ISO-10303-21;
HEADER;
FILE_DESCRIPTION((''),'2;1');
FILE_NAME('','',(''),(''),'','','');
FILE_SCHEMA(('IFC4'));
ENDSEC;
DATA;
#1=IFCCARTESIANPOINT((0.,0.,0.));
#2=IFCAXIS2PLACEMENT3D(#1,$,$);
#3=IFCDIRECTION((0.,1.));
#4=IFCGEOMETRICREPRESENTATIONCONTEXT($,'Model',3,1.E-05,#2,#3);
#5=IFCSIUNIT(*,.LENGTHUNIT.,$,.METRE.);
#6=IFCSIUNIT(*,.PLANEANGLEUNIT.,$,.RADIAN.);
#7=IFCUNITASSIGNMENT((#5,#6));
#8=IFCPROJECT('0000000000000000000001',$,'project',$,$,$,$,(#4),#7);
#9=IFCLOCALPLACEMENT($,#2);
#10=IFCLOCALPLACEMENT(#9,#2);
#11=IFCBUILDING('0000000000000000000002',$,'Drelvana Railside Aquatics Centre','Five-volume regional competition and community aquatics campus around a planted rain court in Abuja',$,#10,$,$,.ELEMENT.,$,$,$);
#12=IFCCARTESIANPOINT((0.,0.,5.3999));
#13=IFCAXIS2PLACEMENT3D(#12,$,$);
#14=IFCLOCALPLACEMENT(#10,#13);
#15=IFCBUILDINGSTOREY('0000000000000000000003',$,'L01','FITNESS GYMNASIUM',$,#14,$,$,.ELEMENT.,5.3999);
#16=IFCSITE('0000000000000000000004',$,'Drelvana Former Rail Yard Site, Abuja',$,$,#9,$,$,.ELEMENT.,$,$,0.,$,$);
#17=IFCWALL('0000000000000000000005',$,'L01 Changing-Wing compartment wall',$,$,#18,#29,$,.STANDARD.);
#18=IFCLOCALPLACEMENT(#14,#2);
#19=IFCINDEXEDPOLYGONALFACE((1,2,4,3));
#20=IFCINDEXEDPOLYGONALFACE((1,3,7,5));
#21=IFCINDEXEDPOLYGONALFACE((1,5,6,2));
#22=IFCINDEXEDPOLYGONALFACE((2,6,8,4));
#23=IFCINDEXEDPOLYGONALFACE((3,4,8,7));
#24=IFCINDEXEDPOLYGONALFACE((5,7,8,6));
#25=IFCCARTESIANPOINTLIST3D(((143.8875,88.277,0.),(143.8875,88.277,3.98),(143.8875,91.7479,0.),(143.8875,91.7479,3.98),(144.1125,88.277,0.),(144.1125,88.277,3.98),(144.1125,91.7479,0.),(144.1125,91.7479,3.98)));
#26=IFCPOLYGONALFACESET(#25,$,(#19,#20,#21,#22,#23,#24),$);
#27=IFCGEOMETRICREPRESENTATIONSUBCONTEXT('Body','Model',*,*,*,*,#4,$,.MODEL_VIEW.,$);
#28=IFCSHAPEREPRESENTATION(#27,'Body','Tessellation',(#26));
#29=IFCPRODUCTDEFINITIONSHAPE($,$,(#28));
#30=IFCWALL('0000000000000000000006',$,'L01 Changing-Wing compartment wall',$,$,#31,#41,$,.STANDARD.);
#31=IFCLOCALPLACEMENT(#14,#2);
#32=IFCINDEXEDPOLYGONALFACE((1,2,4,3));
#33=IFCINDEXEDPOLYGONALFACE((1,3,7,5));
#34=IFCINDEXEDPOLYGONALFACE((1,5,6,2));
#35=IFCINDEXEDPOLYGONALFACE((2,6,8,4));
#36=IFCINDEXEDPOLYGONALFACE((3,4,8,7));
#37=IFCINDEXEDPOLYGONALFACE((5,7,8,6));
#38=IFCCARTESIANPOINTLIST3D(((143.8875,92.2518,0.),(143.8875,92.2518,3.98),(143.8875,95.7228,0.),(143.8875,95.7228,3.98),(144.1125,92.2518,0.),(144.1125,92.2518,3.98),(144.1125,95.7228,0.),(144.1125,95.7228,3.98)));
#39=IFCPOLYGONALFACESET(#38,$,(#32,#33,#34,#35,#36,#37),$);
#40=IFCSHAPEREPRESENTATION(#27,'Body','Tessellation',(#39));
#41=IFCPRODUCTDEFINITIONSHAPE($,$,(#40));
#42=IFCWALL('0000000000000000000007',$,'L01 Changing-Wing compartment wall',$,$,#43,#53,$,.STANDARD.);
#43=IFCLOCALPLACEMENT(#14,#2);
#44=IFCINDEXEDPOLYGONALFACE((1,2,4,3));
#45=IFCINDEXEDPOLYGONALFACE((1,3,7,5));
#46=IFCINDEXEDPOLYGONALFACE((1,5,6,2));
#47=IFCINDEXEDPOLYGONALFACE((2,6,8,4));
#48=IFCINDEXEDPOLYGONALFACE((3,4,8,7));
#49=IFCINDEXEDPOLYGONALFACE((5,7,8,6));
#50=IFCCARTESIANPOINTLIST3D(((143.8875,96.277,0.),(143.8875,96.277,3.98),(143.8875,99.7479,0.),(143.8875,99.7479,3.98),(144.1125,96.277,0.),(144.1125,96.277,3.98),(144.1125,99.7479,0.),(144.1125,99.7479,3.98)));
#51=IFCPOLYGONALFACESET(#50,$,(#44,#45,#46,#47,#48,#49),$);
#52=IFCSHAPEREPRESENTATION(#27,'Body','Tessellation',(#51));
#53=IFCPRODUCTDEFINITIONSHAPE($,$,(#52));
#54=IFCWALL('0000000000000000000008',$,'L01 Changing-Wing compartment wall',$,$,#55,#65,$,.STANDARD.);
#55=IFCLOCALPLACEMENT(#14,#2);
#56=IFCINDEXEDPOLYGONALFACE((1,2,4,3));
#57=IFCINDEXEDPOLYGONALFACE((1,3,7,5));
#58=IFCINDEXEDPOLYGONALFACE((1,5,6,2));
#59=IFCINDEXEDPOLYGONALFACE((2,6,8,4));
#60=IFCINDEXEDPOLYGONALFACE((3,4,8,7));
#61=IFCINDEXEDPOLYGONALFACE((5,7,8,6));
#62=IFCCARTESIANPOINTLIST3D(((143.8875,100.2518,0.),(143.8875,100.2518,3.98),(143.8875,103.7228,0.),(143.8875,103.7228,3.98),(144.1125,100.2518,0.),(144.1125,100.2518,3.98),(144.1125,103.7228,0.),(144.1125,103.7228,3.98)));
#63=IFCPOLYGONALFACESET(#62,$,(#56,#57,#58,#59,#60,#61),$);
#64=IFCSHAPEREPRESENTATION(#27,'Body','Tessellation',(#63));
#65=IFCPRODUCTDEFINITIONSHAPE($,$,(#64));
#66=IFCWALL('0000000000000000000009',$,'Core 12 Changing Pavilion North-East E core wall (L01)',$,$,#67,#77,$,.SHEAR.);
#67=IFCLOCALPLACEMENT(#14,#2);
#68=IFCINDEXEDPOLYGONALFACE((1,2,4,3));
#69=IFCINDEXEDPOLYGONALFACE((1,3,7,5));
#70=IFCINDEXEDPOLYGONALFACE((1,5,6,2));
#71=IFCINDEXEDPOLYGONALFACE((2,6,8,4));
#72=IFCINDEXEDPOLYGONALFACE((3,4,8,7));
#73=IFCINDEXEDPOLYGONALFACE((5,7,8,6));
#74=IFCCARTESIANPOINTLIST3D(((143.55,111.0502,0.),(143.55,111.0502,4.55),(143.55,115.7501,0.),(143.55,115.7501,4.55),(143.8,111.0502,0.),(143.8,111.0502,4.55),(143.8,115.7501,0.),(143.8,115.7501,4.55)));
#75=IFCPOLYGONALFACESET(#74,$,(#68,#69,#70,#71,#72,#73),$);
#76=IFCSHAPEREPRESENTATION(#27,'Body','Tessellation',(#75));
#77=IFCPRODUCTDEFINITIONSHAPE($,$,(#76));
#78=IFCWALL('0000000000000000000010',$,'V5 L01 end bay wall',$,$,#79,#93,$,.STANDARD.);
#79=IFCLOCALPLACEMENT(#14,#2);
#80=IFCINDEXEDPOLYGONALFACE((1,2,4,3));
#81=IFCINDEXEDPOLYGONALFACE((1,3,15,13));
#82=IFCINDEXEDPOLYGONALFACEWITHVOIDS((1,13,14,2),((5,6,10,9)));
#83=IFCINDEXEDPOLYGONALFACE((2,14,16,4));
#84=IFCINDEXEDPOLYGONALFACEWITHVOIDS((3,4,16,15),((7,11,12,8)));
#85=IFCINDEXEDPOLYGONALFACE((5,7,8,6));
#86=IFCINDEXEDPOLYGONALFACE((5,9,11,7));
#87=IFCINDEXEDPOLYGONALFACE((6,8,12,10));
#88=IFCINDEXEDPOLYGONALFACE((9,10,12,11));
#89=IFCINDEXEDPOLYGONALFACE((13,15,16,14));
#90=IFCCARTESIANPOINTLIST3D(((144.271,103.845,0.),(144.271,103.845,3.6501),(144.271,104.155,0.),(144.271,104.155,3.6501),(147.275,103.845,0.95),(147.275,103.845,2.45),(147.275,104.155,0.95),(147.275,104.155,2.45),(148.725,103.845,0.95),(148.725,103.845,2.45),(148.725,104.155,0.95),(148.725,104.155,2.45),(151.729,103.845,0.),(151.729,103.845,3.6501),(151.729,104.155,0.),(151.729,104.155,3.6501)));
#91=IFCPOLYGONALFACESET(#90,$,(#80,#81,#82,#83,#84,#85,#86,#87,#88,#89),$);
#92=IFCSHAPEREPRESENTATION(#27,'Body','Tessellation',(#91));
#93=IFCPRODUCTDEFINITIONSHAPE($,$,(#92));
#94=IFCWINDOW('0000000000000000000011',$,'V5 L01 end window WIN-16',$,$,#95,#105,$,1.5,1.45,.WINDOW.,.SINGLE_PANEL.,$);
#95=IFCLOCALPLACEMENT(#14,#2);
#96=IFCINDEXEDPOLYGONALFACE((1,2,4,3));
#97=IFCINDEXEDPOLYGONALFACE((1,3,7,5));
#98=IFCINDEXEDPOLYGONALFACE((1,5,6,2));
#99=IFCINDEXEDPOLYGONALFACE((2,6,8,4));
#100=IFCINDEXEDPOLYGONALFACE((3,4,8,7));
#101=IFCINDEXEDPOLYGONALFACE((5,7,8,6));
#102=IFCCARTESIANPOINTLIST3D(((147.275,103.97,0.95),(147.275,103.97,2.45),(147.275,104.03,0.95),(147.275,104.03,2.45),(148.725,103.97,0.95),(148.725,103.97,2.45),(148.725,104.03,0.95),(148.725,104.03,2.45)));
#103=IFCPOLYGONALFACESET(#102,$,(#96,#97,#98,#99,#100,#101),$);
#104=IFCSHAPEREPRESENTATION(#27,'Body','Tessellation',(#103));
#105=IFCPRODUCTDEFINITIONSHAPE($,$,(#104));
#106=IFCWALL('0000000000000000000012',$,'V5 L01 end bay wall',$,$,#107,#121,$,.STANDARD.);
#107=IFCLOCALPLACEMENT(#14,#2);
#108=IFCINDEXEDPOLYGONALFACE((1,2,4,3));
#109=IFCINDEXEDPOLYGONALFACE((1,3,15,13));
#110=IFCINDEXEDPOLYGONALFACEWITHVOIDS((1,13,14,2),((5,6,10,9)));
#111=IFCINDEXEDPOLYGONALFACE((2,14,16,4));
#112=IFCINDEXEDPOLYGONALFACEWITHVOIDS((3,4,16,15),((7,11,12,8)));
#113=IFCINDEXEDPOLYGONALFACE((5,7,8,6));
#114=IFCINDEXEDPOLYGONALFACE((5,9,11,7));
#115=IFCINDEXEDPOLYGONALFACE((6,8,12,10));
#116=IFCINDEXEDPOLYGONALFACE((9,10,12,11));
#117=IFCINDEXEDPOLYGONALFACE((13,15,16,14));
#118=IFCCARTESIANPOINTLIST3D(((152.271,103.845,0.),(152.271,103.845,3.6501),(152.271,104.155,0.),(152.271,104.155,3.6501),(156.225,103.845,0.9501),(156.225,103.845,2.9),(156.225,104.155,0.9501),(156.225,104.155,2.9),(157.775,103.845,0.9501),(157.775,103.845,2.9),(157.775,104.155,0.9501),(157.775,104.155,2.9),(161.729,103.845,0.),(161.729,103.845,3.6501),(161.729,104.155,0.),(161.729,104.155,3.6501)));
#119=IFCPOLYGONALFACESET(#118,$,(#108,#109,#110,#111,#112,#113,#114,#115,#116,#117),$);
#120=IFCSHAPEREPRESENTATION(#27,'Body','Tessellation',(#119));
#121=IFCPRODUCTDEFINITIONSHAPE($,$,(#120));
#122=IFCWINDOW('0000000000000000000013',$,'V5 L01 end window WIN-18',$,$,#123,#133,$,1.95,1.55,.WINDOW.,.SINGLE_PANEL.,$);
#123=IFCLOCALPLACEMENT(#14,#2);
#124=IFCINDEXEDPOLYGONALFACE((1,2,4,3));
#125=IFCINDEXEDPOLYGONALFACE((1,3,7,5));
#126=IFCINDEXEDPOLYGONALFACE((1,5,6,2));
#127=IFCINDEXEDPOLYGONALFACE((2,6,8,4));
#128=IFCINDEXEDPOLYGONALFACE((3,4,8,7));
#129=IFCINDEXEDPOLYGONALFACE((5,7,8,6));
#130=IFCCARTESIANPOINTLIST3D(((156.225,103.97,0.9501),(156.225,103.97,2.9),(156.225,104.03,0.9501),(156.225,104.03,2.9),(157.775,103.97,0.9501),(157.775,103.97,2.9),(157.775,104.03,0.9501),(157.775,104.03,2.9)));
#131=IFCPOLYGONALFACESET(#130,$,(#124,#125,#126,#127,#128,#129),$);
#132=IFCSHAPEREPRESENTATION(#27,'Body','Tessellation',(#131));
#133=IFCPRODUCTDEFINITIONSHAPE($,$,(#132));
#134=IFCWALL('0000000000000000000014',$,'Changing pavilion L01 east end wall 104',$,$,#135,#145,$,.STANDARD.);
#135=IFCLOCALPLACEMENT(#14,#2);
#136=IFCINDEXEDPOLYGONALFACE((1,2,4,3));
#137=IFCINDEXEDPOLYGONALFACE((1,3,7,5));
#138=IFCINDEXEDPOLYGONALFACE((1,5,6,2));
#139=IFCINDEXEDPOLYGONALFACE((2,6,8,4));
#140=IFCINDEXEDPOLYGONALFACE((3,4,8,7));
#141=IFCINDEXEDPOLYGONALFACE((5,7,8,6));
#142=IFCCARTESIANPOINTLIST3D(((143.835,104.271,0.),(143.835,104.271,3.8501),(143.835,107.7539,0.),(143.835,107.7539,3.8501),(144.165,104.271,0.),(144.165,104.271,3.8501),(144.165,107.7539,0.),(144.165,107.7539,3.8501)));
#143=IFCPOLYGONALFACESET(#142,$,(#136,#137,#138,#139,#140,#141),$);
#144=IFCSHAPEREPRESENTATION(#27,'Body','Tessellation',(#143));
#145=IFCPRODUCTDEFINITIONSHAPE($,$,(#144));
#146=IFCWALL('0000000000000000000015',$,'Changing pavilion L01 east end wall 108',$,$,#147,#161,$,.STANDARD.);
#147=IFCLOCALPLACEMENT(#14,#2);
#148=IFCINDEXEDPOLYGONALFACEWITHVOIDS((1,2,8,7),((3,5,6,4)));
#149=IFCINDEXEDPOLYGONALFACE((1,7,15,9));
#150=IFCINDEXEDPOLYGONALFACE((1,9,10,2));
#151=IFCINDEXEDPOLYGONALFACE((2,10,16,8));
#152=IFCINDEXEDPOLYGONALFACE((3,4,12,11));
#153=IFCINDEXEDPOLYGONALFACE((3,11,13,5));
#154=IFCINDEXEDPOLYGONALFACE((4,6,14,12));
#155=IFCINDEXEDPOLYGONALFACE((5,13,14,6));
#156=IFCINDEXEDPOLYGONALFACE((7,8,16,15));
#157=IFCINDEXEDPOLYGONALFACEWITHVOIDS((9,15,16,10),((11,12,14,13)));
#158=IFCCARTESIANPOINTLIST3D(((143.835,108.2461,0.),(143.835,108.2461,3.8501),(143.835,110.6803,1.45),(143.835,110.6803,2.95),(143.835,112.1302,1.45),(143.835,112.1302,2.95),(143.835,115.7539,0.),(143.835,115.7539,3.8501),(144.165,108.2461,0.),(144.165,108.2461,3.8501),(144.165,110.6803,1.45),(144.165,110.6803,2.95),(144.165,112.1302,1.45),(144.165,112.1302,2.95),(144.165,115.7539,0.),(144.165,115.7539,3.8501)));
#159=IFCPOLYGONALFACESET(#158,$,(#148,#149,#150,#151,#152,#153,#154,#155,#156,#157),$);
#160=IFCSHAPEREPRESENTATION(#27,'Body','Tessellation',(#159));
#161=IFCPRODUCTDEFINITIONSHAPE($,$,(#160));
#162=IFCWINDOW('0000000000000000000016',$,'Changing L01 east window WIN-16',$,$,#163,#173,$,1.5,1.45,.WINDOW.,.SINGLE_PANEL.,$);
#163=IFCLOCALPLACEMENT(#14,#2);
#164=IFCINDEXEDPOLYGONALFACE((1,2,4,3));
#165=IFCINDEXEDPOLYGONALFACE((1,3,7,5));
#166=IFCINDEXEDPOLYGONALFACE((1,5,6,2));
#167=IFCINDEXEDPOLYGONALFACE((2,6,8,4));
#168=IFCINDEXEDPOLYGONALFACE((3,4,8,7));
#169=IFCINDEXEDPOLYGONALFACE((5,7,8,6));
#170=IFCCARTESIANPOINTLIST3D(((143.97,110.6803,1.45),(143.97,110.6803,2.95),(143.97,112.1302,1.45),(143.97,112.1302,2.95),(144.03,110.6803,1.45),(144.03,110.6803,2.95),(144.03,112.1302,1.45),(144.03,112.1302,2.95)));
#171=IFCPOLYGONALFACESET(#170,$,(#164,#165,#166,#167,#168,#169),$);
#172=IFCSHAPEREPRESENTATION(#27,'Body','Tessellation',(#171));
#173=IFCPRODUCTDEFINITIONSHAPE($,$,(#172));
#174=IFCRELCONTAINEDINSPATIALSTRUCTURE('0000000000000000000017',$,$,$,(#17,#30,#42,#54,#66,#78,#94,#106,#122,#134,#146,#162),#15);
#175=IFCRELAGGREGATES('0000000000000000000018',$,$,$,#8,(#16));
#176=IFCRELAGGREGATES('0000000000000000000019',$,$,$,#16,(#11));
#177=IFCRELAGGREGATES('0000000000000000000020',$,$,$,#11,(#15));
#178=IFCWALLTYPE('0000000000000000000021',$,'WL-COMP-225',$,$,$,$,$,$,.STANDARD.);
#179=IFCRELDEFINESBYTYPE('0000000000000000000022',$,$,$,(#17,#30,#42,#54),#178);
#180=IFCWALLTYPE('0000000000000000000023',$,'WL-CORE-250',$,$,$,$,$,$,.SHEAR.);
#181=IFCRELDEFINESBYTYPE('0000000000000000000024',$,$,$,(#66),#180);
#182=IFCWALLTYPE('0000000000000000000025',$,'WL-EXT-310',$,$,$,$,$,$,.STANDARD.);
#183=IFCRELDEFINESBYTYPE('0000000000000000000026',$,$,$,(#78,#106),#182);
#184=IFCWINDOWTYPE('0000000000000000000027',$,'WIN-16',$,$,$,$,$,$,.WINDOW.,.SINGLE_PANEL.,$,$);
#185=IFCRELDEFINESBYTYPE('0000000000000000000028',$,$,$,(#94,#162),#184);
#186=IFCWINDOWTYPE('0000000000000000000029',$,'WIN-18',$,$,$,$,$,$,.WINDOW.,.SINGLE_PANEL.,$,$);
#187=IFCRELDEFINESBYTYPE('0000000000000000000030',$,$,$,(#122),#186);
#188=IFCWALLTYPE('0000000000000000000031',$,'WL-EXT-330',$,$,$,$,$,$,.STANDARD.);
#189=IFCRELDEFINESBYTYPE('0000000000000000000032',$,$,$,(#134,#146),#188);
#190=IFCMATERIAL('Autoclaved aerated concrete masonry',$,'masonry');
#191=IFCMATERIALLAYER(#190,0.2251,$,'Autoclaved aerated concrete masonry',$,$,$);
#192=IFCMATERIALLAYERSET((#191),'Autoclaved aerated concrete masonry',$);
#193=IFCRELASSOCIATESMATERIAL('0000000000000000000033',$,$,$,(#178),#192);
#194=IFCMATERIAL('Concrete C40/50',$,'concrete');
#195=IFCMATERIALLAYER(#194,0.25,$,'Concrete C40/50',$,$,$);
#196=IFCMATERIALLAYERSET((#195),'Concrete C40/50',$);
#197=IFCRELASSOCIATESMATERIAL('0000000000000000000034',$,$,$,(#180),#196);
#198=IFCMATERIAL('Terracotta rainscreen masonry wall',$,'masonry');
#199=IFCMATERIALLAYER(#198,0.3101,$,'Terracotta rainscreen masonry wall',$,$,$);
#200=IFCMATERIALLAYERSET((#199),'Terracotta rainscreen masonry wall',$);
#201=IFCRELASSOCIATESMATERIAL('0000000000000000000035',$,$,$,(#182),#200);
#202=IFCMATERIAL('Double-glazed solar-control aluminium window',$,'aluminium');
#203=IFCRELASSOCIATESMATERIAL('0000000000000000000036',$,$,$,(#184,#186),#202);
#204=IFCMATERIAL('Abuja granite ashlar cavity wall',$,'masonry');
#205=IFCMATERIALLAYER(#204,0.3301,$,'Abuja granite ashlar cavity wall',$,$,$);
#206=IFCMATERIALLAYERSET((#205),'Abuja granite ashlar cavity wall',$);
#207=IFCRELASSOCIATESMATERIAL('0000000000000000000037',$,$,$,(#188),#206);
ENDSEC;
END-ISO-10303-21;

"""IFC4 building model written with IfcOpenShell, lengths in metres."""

from ifc_helpers import new_model, si_unit, direction, frame, frame_2d, origin, place, context, subcontext, project, spatial, rectangle, extrude, material, layer, layer_set, type_object, element, fill, save


model = new_model("IFC4")

# Units and contexts
model_context = context("Model", 3, precision=1e-05, world=origin(), true_north=direction((0.0, 1.0)))
body_context = subcontext(model_context, "Body", "Model", "MODEL_VIEW")
ifc_project = project(units=[si_unit("LENGTHUNIT", "METRE"), si_unit("PLANEANGLEUNIT", "RADIAN")], contexts=[model_context])

# Site, building, storey
site_placement = place(None, origin())
site = spatial("IfcSite", under=ifc_project, at=site_placement, Name="Drelvana Former Rail Yard Site, Abuja", CompositionType="ELEMENT", RefElevation=0.0)
building_placement = place(site_placement, origin())
building = spatial("IfcBuilding", under=site, at=building_placement, Name="Drelvana Railside Aquatics Centre", Description="Five-volume regional competition and community aquatics campus around a planted rain court in Abuja", CompositionType="ELEMENT")
storey_placement = place(building_placement, frame((0.0, 0.0, 5.3999)))
storey = spatial("IfcBuildingStorey", under=building, at=storey_placement, Name="L01", Description="FITNESS GYMNASIUM", CompositionType="ELEMENT", Elevation=5.3999)

# Shared definitions
ifc_material_1 = material(Name="Concrete C40/50", Category="concrete")

# Walls
ifc_material_2 = material(Name="Autoclaved aerated concrete masonry", Category="masonry")
ifc_layer_1 = layer(ifc_material_2, 0.2251, Name="Autoclaved aerated concrete masonry")
ifc_layer_set_1 = layer_set([ifc_layer_1], Name="Autoclaved aerated concrete masonry")
wall_type_1 = type_object("IfcWallType", Name="WL-COMP-225", PredefinedType="STANDARD", material=ifc_layer_set_1)
for number, where, z_axis, x_axis, name in (
    (1, (144.0, 88.2771, 0.0), (0.0, 0.0, 1.0), (0.0, 1.0, 0.0), "L01 Changing-Wing compartment wall"),
    (2, (144.0, 92.252, 0.0), (0.0, 0.0, 1.0), (0.0, 1.0, 0.0), "L01 Changing-Wing compartment wall"),
    (3, (144.0, 96.2771, 0.0), (0.0, 0.0, 1.0), (0.0, 1.0, 0.0), "L01 Changing-Wing compartment wall"),
    (4, (144.0, 100.252, 0.0), (0.0, 0.0, 1.0), (0.0, 1.0, 0.0), "L01 Changing-Wing compartment wall"),
):
    element("IfcWall", number, at=place(storey_placement, frame(where, z_axis=z_axis, x_axis=x_axis)), inside=storey, type_object=wall_type_1, Name=name, PredefinedType="STANDARD", context=body_context, shape_type="SweptSolid", body=[
        extrude(rectangle(XDim=3.4709, YDim=0.2251, at=frame_2d((1.7354, 0.0))), origin(), (0.0, 0.0, 1.0), 3.98),
    ])
ifc_layer_2 = layer(ifc_material_1, 0.25, Name="Concrete C40/50")
ifc_layer_set_2 = layer_set([ifc_layer_2], Name="Concrete C40/50")
wall_type_2 = type_object("IfcWallType", Name="WL-CORE-250", PredefinedType="SHEAR", material=ifc_layer_set_2)
wall_1_placement = place(storey_placement, frame((143.675, 111.05, 0.0), z_axis=(0.0, 0.0, 1.0), x_axis=(0.0, 1.0, 0.0)))
element("IfcWall", 5, at=wall_1_placement, inside=storey, type_object=wall_type_2, Name="Core 12 Changing Pavilion North-East E core wall (L01)", PredefinedType="SHEAR", context=body_context, shape_type="SweptSolid", body=[
    extrude(rectangle(XDim=4.7, YDim=0.25, at=frame_2d((2.3501, 0.0))), origin(), (0.0, 0.0, 1.0), 4.55),
])

# Walls, openings, windows
ifc_material_3 = material(Name="Terracotta rainscreen masonry wall", Category="masonry")
ifc_layer_3 = layer(ifc_material_3, 0.3101, Name="Terracotta rainscreen masonry wall")
ifc_layer_set_3 = layer_set([ifc_layer_3], Name="Terracotta rainscreen masonry wall")
wall_type_3 = type_object("IfcWallType", Name="WL-EXT-310", PredefinedType="STANDARD", material=ifc_layer_set_3)
wall_2_placement = place(storey_placement, frame((144.271, 104.0, 0.0), z_axis=(0.0, 0.0, 1.0), x_axis=(1.0, 0.0, 0.0)))
wall_2 = element("IfcWall", 6, at=wall_2_placement, inside=storey, type_object=wall_type_3, Name="V5 L01 end bay wall", PredefinedType="STANDARD", context=body_context, shape_type="SweptSolid", body=[
    extrude(rectangle(XDim=7.458, YDim=0.3101, at=frame_2d((3.729, 0.0))), origin(), (0.0, 0.0, 1.0), 3.6501),
])
opening_1_placement = place(wall_2_placement, frame((3.0039, 0.0, 0.95)))
opening_1 = element("IfcOpeningElement", 7, at=opening_1_placement, cuts=wall_2, PredefinedType="OPENING", context=body_context, shape_type="SweptSolid", body=[
    extrude(rectangle(XDim=1.45, YDim=1.5, at=frame_2d((0.7251, 0.75))), frame((0.0, 0.165, 0.0), z_axis=(0.0, -1.0, 0.0), x_axis=(1.0, 0.0, 0.0)), (0.0, 0.0, 1.0), 0.3301),
])
ifc_material_4 = material(Name="Double-glazed solar-control aluminium window", Category="aluminium")
window_type_1 = type_object("IfcWindowType", Name="WIN-16", PartitioningType="SINGLE_PANEL", PredefinedType="WINDOW", material=ifc_material_4)
window_1_placement = place(opening_1_placement, origin())
window_1 = element("IfcWindow", 8, at=window_1_placement, inside=storey, type_object=window_type_1, Name="V5 L01 end window WIN-16", OverallHeight=1.5, OverallWidth=1.45, PartitioningType="SINGLE_PANEL", PredefinedType="WINDOW", context=body_context, shape_type="SweptSolid", body=[
    extrude(rectangle(XDim=1.45, YDim=1.5, at=frame_2d((0.7251, 0.75))), frame((0.0, 0.03, 0.0), z_axis=(0.0, -1.0, 0.0), x_axis=(1.0, 0.0, 0.0)), (0.0, 0.0, 1.0), 0.0601),
])
fill(opening_1, window_1)
wall_3_placement = place(storey_placement, frame((152.271, 104.0, 0.0), z_axis=(0.0, 0.0, 1.0), x_axis=(1.0, 0.0, 0.0)))
wall_3 = element("IfcWall", 9, at=wall_3_placement, inside=storey, type_object=wall_type_3, Name="V5 L01 end bay wall", PredefinedType="STANDARD", context=body_context, shape_type="SweptSolid", body=[
    extrude(rectangle(XDim=9.458, YDim=0.3101, at=frame_2d((4.729, 0.0))), origin(), (0.0, 0.0, 1.0), 3.6501),
])
opening_2_placement = place(wall_3_placement, frame((3.9541, 0.0, 0.95)))
opening_2 = element("IfcOpeningElement", 10, at=opening_2_placement, cuts=wall_3, PredefinedType="OPENING", context=body_context, shape_type="SweptSolid", body=[
    extrude(rectangle(XDim=1.55, YDim=1.95, at=frame_2d((0.7749, 0.9751))), frame((0.0, 0.165, 0.0), z_axis=(0.0, -1.0, 0.0), x_axis=(1.0, 0.0, 0.0)), (0.0, 0.0, 1.0), 0.3301),
])
window_type_2 = type_object("IfcWindowType", Name="WIN-18", PartitioningType="SINGLE_PANEL", PredefinedType="WINDOW", material=ifc_material_4)
window_2_placement = place(opening_2_placement, origin())
window_2 = element("IfcWindow", 11, at=window_2_placement, inside=storey, type_object=window_type_2, Name="V5 L01 end window WIN-18", OverallHeight=1.95, OverallWidth=1.55, PartitioningType="SINGLE_PANEL", PredefinedType="WINDOW", context=body_context, shape_type="SweptSolid", body=[
    extrude(rectangle(XDim=1.55, YDim=1.95, at=frame_2d((0.7749, 0.9751))), frame((0.0, 0.03, 0.0), z_axis=(0.0, -1.0, 0.0), x_axis=(1.0, 0.0, 0.0)), (0.0, 0.0, 1.0), 0.0601),
])
fill(opening_2, window_2)

# Wall
ifc_material_5 = material(Name="Abuja granite ashlar cavity wall", Category="masonry")
ifc_layer_4 = layer(ifc_material_5, 0.3301, Name="Abuja granite ashlar cavity wall")
ifc_layer_set_4 = layer_set([ifc_layer_4], Name="Abuja granite ashlar cavity wall")
wall_type_4 = type_object("IfcWallType", Name="WL-EXT-330", PredefinedType="STANDARD", material=ifc_layer_set_4)
wall_4_placement = place(storey_placement, frame((144.0, 104.271, 0.0), z_axis=(0.0, 0.0, 1.0), x_axis=(0.0, 1.0, 0.0)))
element("IfcWall", 12, at=wall_4_placement, inside=storey, type_object=wall_type_4, Name="Changing pavilion L01 east end wall 104", PredefinedType="STANDARD", context=body_context, shape_type="SweptSolid", body=[
    extrude(rectangle(XDim=3.4829, YDim=0.3301, at=frame_2d((1.7415, 0.0))), origin(), (0.0, 0.0, 1.0), 3.8501),
])

# Wall, opening, window
wall_5_placement = place(storey_placement, frame((144.0, 108.2461, 0.0), z_axis=(0.0, 0.0, 1.0), x_axis=(0.0, 1.0, 0.0)))
wall_5 = element("IfcWall", 13, at=wall_5_placement, inside=storey, type_object=wall_type_4, Name="Changing pavilion L01 east end wall 108", PredefinedType="STANDARD", context=body_context, shape_type="SweptSolid", body=[
    extrude(rectangle(XDim=7.5078, YDim=0.3301, at=frame_2d((3.7539, 0.0))), origin(), (0.0, 0.0, 1.0), 3.8501),
])
opening_3_placement = place(wall_5_placement, frame((2.4341, 0.0, 1.45)))
opening_3 = element("IfcOpeningElement", 14, at=opening_3_placement, cuts=wall_5, PredefinedType="OPENING", context=body_context, shape_type="SweptSolid", body=[
    extrude(rectangle(XDim=1.45, YDim=1.5, at=frame_2d((0.7251, 0.75))), frame((0.0, 0.175, 0.0), z_axis=(0.0, -1.0, 0.0), x_axis=(1.0, 0.0, 0.0)), (0.0, 0.0, 1.0), 0.3501),
])
window_3_placement = place(opening_3_placement, origin())
window_3 = element("IfcWindow", 15, at=window_3_placement, inside=storey, type_object=window_type_1, Name="Changing L01 east window WIN-16", OverallHeight=1.5, OverallWidth=1.45, PartitioningType="SINGLE_PANEL", PredefinedType="WINDOW", context=body_context, shape_type="SweptSolid", body=[
    extrude(rectangle(XDim=1.45, YDim=1.5, at=frame_2d((0.7251, 0.75))), frame((0.0, 0.03, 0.0), z_axis=(0.0, -1.0, 0.0), x_axis=(1.0, 0.0, 0.0)), (0.0, 0.0, 1.0), 0.0601),
])
fill(opening_3, window_3)

save(model, "model.ifc")
